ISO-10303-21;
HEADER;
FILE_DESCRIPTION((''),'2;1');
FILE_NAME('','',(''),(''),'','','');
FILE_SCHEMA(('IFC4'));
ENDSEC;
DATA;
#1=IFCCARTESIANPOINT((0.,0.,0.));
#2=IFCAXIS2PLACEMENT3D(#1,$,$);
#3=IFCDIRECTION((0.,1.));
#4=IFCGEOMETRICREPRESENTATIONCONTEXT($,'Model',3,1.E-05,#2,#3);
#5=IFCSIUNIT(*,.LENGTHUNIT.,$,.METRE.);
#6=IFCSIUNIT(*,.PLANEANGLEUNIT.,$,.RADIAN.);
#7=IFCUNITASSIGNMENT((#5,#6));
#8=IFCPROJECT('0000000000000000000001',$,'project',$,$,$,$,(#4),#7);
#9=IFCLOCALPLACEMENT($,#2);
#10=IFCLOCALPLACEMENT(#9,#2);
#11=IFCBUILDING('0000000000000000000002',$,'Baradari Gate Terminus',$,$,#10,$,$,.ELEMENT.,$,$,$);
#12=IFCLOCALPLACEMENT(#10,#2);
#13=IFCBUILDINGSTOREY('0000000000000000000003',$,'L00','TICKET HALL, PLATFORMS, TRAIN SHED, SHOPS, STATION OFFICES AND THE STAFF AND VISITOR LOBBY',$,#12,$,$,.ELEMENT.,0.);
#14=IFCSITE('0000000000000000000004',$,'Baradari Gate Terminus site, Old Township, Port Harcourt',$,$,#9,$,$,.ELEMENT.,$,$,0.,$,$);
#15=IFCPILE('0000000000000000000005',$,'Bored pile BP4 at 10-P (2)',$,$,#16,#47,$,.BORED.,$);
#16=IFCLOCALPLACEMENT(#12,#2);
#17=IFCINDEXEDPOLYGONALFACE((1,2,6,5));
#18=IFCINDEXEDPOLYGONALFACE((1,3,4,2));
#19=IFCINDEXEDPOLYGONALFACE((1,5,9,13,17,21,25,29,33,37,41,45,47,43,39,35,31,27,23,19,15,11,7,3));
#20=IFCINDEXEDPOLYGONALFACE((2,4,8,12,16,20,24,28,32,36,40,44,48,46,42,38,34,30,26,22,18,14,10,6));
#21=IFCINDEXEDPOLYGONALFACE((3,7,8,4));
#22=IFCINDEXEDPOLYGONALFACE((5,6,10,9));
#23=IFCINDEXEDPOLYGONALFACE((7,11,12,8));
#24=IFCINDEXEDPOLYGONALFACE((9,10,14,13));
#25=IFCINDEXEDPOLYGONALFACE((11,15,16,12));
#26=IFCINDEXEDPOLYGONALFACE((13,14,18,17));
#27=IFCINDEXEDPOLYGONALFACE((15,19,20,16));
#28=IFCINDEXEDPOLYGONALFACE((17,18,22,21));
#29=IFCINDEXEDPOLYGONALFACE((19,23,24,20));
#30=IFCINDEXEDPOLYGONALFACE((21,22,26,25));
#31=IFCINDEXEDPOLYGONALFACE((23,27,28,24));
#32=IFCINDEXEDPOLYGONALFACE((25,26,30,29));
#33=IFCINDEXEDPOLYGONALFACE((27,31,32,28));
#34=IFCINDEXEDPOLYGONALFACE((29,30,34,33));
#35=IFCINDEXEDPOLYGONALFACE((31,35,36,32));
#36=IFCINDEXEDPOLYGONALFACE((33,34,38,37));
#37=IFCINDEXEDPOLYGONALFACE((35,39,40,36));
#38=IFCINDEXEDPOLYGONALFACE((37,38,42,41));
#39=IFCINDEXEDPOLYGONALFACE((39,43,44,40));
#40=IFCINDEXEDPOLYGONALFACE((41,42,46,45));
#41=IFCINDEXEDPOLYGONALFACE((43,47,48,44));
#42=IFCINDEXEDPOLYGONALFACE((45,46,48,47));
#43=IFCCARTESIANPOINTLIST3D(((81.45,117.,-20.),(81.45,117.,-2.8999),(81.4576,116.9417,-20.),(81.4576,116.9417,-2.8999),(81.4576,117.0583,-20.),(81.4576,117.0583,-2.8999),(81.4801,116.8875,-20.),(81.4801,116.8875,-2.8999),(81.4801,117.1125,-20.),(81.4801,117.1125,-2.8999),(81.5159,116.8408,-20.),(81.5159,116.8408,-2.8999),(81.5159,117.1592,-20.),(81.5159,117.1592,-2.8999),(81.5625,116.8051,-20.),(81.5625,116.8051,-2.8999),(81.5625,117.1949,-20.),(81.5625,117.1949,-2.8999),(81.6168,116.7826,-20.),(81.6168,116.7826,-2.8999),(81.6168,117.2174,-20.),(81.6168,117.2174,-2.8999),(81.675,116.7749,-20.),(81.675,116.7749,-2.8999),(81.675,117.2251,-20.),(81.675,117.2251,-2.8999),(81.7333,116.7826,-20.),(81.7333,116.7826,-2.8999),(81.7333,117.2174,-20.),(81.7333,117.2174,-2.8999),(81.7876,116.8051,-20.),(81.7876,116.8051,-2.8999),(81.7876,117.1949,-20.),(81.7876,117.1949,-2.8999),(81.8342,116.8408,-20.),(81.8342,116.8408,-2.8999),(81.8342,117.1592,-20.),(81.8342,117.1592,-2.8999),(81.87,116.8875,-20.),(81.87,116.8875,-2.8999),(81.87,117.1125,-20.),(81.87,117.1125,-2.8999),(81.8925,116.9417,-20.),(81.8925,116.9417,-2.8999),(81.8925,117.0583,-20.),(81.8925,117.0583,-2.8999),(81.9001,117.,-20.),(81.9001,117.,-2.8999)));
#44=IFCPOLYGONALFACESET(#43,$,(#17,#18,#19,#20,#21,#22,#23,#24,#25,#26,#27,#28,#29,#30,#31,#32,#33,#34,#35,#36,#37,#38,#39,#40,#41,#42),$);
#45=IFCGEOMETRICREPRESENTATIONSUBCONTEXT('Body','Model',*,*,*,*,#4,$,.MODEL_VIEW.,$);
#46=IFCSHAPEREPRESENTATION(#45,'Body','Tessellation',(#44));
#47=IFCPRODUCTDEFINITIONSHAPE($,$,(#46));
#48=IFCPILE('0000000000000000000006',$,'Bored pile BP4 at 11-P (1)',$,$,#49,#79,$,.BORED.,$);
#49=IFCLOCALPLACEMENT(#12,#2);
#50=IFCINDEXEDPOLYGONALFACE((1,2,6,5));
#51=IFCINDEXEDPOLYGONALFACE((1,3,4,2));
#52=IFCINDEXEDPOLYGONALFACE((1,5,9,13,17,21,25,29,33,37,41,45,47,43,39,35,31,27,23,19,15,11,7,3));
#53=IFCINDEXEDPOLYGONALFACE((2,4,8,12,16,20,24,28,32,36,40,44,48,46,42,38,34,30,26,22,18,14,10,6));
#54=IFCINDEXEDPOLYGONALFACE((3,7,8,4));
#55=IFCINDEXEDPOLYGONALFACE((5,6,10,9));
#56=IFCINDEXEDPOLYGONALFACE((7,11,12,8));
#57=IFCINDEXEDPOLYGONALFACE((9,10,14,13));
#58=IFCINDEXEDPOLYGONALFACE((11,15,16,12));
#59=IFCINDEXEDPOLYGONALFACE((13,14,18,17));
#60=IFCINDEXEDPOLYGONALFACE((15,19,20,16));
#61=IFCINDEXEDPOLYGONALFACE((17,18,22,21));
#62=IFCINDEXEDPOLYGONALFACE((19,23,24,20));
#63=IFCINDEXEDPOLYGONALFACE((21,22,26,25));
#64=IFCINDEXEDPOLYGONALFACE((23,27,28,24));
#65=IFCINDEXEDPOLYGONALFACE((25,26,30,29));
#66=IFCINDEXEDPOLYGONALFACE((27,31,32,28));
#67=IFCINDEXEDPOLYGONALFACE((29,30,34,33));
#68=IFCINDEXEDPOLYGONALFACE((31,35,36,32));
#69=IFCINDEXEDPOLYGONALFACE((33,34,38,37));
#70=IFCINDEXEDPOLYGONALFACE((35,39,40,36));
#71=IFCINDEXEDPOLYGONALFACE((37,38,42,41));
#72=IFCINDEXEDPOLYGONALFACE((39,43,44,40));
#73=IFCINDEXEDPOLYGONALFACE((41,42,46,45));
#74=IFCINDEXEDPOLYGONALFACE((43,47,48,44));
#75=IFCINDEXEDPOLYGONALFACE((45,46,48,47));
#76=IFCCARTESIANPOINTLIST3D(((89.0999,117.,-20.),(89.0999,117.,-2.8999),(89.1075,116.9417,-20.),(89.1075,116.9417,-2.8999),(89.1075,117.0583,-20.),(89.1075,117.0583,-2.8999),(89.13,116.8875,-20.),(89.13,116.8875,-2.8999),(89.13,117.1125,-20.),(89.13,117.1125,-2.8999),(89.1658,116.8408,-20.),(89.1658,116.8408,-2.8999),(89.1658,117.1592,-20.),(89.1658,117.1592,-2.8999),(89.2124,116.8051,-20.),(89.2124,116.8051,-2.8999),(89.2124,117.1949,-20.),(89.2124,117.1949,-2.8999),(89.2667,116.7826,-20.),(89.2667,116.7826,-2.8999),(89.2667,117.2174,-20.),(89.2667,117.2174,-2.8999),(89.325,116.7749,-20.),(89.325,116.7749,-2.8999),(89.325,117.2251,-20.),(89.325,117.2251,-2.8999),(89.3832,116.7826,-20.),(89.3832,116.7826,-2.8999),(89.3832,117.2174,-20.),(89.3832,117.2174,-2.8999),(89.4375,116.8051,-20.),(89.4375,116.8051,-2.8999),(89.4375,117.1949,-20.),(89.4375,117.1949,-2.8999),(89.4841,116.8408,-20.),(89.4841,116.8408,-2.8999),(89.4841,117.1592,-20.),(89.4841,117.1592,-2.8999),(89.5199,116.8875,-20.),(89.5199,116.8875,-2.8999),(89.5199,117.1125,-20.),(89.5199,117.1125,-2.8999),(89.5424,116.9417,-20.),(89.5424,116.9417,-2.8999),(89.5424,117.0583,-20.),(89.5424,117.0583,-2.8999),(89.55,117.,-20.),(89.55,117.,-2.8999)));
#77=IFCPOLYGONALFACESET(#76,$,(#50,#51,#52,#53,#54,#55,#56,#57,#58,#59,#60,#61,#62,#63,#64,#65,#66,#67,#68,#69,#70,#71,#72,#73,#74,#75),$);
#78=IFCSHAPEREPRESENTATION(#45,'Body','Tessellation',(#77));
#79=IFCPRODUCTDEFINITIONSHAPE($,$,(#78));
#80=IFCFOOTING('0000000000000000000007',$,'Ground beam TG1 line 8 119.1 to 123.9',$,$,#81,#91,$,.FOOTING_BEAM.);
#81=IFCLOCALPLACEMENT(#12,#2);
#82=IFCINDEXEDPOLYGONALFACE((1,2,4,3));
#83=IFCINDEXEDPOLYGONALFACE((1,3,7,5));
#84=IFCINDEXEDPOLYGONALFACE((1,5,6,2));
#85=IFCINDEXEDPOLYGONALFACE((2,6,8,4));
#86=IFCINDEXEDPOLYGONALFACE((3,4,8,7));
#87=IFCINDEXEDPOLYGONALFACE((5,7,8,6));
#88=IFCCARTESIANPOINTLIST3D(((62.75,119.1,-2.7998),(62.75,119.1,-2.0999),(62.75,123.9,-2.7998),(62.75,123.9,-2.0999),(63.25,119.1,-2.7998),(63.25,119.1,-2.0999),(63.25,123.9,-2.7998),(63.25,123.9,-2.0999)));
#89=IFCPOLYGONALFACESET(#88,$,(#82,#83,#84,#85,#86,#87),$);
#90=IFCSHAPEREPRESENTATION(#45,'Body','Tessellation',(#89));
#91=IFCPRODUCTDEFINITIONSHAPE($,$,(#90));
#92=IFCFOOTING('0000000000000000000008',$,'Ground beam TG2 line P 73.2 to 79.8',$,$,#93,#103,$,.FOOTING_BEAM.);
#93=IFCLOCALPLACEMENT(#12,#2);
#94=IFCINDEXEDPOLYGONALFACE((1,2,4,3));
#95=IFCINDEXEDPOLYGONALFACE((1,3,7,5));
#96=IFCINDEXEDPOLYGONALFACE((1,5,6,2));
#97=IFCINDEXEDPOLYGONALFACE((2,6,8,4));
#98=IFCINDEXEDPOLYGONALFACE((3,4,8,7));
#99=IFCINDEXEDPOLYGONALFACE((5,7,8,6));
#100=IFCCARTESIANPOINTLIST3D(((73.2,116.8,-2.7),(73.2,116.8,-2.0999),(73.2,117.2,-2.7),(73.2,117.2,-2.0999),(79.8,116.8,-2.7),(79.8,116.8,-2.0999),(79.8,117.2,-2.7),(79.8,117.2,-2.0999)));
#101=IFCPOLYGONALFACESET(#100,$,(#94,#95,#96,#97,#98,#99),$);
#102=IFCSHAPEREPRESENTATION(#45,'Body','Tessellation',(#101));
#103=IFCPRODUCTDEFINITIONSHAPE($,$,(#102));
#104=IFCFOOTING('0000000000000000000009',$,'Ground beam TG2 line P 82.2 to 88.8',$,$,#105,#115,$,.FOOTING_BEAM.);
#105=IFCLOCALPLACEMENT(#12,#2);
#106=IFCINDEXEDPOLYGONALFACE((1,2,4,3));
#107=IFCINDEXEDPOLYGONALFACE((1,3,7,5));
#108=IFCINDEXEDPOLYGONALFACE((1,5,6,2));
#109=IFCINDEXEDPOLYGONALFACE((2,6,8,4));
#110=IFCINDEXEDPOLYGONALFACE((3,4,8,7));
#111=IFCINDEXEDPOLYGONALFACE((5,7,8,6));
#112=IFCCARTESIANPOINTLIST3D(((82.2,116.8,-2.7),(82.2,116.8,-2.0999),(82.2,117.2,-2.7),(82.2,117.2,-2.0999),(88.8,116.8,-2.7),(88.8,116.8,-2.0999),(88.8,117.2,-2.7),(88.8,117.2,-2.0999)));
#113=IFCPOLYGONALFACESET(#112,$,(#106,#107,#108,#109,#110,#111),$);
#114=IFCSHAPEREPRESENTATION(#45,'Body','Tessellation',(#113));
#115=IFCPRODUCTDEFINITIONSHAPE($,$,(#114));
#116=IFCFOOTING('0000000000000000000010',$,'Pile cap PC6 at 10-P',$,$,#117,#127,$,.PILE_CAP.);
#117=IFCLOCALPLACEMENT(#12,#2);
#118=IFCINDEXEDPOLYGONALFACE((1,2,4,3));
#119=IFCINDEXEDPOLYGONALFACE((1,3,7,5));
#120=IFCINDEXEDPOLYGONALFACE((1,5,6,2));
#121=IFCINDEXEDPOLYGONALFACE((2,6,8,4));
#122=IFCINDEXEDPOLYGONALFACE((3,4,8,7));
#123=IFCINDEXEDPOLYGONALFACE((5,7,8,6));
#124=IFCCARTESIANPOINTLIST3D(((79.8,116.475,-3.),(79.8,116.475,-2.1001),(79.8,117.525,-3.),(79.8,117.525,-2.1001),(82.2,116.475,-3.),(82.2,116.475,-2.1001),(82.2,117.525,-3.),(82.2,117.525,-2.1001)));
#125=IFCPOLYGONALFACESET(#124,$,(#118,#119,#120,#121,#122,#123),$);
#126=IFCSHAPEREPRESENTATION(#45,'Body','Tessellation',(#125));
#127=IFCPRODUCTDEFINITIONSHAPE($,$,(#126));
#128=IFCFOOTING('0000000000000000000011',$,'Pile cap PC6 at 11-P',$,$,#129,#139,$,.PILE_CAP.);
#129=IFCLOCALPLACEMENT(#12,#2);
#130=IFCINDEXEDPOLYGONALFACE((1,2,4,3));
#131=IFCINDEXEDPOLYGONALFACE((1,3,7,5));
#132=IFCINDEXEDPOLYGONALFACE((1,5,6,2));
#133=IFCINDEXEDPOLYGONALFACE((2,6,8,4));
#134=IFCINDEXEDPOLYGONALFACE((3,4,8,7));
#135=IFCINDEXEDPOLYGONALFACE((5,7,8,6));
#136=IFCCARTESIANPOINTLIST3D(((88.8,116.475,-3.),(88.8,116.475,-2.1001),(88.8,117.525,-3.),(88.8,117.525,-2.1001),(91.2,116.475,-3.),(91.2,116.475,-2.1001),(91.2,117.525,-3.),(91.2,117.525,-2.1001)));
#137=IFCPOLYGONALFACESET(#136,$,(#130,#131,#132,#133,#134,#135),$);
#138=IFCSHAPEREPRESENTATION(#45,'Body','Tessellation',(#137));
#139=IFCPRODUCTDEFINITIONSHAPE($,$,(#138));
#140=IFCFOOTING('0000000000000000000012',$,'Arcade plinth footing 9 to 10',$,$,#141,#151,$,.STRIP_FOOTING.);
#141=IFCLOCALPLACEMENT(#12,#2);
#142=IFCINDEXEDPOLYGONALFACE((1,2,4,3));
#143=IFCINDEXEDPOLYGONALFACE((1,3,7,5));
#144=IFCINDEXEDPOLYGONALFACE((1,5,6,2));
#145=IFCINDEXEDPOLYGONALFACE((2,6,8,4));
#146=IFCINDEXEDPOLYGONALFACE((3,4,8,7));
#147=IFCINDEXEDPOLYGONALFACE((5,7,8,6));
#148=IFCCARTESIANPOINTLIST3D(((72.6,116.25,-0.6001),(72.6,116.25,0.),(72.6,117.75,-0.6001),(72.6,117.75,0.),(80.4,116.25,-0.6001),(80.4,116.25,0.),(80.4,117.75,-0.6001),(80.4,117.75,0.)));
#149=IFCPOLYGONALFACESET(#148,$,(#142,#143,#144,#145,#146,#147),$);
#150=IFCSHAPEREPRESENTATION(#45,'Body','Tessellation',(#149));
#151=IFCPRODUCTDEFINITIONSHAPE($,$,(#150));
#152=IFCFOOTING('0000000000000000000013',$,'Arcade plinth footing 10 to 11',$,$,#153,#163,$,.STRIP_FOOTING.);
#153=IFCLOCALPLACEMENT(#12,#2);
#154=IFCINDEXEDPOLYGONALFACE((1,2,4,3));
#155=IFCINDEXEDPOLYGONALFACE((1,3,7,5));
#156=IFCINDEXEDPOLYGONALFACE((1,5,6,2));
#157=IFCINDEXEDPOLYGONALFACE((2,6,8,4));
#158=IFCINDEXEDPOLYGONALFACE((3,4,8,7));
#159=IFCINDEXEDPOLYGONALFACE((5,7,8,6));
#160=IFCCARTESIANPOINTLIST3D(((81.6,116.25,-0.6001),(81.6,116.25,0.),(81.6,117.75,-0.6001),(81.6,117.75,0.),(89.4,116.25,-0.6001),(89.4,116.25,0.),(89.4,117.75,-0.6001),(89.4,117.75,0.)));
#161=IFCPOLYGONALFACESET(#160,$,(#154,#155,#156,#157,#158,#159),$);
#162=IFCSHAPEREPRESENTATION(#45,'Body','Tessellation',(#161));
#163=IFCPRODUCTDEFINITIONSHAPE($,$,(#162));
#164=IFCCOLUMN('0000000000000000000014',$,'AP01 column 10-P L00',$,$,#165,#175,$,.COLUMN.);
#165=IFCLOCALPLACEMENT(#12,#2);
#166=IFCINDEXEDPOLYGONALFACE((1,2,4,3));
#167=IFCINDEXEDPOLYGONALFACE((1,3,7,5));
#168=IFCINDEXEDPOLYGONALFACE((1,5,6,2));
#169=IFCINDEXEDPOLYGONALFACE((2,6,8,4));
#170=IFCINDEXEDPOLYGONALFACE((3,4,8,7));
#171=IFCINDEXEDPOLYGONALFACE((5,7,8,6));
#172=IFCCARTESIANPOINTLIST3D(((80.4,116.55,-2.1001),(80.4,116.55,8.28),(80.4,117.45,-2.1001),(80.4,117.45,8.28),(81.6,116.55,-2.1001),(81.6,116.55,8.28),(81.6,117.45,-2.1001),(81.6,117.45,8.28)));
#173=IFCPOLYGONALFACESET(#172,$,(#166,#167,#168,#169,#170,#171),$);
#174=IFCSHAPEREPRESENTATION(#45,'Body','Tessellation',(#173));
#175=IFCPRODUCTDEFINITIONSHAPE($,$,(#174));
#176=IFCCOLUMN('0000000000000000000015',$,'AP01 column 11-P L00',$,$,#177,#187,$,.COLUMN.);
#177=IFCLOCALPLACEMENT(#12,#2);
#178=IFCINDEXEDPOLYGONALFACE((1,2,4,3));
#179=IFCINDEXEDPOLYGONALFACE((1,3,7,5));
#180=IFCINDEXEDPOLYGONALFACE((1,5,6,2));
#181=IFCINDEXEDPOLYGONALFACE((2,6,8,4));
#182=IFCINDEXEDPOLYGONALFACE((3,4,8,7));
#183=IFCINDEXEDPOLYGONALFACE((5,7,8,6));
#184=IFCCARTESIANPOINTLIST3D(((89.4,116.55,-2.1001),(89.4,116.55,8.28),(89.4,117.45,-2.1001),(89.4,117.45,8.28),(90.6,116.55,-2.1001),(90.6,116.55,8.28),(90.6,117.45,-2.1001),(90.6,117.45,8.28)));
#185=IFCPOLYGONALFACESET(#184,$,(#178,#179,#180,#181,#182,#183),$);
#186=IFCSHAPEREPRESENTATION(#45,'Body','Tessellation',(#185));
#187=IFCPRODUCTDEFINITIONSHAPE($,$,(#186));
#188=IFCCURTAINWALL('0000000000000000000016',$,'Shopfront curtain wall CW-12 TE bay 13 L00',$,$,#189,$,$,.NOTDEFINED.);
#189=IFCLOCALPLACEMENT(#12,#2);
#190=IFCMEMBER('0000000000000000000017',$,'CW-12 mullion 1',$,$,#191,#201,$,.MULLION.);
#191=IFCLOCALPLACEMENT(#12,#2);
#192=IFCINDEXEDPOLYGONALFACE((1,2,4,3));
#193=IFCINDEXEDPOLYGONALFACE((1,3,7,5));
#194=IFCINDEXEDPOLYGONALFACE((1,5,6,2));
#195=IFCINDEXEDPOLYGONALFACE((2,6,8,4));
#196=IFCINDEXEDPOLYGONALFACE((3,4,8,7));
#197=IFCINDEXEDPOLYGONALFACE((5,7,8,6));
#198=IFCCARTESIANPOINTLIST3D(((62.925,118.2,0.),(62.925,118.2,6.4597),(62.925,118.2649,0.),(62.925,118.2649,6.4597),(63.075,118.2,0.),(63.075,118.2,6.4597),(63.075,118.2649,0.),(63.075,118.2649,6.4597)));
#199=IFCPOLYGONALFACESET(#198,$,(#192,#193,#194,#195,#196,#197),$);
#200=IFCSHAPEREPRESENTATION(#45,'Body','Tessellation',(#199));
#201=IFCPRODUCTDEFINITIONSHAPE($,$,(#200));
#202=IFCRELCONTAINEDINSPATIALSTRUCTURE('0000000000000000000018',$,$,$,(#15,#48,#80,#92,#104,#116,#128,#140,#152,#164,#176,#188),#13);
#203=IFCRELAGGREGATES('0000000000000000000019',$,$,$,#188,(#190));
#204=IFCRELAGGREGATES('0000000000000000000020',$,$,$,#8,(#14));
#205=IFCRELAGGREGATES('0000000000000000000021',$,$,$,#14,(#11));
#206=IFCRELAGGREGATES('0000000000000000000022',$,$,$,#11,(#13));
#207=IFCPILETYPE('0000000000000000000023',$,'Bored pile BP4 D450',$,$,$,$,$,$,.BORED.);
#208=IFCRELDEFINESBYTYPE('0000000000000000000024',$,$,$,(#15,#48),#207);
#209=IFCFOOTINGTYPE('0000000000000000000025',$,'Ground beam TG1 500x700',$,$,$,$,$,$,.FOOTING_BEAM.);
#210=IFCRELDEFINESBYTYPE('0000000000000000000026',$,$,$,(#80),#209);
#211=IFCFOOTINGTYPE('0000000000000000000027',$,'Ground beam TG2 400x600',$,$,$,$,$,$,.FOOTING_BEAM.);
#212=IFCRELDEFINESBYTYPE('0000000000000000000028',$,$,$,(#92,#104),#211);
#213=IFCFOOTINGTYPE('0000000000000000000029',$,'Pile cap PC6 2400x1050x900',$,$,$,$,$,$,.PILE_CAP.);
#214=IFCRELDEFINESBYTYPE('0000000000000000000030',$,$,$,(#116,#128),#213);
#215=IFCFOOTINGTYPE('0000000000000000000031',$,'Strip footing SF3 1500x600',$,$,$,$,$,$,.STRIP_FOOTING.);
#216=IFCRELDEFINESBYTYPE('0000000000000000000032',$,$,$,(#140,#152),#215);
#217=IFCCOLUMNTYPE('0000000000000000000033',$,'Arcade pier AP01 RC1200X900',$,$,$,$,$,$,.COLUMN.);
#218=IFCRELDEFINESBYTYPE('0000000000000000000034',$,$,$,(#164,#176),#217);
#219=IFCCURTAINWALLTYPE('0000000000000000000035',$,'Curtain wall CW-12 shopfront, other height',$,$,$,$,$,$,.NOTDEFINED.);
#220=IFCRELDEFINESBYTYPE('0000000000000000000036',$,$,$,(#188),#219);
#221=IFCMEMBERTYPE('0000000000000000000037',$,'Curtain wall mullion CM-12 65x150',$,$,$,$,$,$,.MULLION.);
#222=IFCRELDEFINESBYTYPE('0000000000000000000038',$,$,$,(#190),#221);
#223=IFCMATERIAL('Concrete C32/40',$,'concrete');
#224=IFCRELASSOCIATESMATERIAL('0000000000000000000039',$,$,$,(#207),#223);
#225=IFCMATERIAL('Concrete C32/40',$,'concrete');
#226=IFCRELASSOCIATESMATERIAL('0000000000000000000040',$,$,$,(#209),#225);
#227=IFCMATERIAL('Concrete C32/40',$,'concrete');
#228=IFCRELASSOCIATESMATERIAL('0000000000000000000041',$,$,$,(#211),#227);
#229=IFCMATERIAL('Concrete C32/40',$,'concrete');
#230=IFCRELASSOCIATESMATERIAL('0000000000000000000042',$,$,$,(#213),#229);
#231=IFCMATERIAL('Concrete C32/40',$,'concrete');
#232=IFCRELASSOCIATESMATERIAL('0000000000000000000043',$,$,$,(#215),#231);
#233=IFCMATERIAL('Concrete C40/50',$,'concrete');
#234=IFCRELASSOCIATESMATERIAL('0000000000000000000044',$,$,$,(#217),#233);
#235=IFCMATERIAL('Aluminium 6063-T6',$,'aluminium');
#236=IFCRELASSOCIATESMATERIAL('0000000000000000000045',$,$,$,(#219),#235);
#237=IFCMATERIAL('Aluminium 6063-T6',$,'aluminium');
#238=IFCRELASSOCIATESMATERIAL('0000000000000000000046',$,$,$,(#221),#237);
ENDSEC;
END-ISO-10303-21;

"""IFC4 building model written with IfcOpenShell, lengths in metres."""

from ifc_helpers import new_model, si_unit, direction, frame, origin, origin_2d, place, context, subcontext, project, spatial, rectangle, circle, extrude, material, material_profile, profile_set, type_object, element, aggregate, save


model = new_model("IFC4")

# Units and contexts
model_context = context("Model", 3, precision=1e-05, world=origin(), true_north=direction((0.0, 1.0)))
body_context = subcontext(model_context, "Body", "Model", "MODEL_VIEW")
ifc_project = project(units=[si_unit("LENGTHUNIT", "METRE"), si_unit("PLANEANGLEUNIT", "RADIAN")], contexts=[model_context])

# Site, building, storey
site_placement = place(None, origin())
site = spatial("IfcSite", under=ifc_project, at=site_placement, Name="Baradari Gate Terminus site, Old Township, Port Harcourt", CompositionType="ELEMENT", RefElevation=0.0)
building_placement = place(site_placement, origin())
building = spatial("IfcBuilding", under=site, at=building_placement, Name="Baradari Gate Terminus", CompositionType="ELEMENT")
storey_placement = place(building_placement, origin())
storey = spatial("IfcBuildingStorey", under=building, at=storey_placement, Name="L00", Description="TICKET HALL, PLATFORMS, TRAIN SHED, SHOPS, STATION OFFICES AND THE STAFF AND VISITOR LOBBY", CompositionType="ELEMENT", Elevation=0.0)

# Piles
ifc_material_1 = material(Name="Concrete C32/40", Category="concrete")
pile_type_1 = type_object("IfcPileType", Name="Bored pile BP4 D450", PredefinedType="BORED", material=ifc_material_1)
for number, where, z_axis, x_axis, name in (
    (1, (81.675, 117.0, -2.8999), (0.0, 0.0, -1.0), (1.0, 0.0, 0.0), "Bored pile BP4 at 10-P (2)"),
    (2, (89.325, 117.0, -2.8999), (0.0, 0.0, -1.0), (1.0, 0.0, 0.0), "Bored pile BP4 at 11-P (1)"),
):
    element("IfcPile", number, at=place(storey_placement, frame(where, z_axis=z_axis, x_axis=x_axis)), inside=storey, type_object=pile_type_1, Name=name, PredefinedType="BORED", context=body_context, shape_type="SweptSolid", body=[
        extrude(circle(Radius=0.2251, at=origin_2d()), origin(), (0.0, 0.0, 1.0), 17.1001),
    ])

# Footings
ifc_material_2 = material(Name="Concrete C32/40", Category="concrete")
footing_type_1 = type_object("IfcFootingType", Name="Ground beam TG1 500x700", PredefinedType="FOOTING_BEAM", material=ifc_material_2)
footing_placement = place(storey_placement, frame((63.0, 121.5, -2.7998), z_axis=(0.0, 0.0, 1.0), x_axis=(1.0, 0.0, 0.0)))
element("IfcFooting", 3, at=footing_placement, inside=storey, type_object=footing_type_1, Name="Ground beam TG1 line 8 119.1 to 123.9", PredefinedType="FOOTING_BEAM", context=body_context, shape_type="SweptSolid", body=[
    extrude(rectangle(XDim=0.5, YDim=4.8, at=origin_2d()), origin(), (0.0, 0.0, 1.0), 0.7),
])
ifc_material_3 = material(Name="Concrete C32/40", Category="concrete")
footing_type_2 = type_object("IfcFootingType", Name="Ground beam TG2 400x600", PredefinedType="FOOTING_BEAM", material=ifc_material_3)
for number, where, z_axis, x_axis, name in (
    (4, (76.5, 117.0, -2.7), (0.0, 0.0, 1.0), (1.0, 0.0, 0.0), "Ground beam TG2 line P 73.2 to 79.8"),
    (5, (85.5, 117.0, -2.7), (0.0, 0.0, 1.0), (1.0, 0.0, 0.0), "Ground beam TG2 line P 82.2 to 88.8"),
):
    element("IfcFooting", number, at=place(storey_placement, frame(where, z_axis=z_axis, x_axis=x_axis)), inside=storey, type_object=footing_type_2, Name=name, PredefinedType="FOOTING_BEAM", context=body_context, shape_type="SweptSolid", body=[
        extrude(rectangle(XDim=6.6001, YDim=0.3999, at=origin_2d()), origin(), (0.0, 0.0, 1.0), 0.6001),
    ])
ifc_material_4 = material(Name="Concrete C32/40", Category="concrete")
footing_type_3 = type_object("IfcFootingType", Name="Pile cap PC6 2400x1050x900", PredefinedType="PILE_CAP", material=ifc_material_4)
for number, where, z_axis, x_axis, name in (
    (6, (81.0, 117.0, -3.0), (0.0, 0.0, 1.0), (1.0, 0.0, 0.0), "Pile cap PC6 at 10-P"),
    (7, (90.0, 117.0, -3.0), (0.0, 0.0, 1.0), (1.0, 0.0, 0.0), "Pile cap PC6 at 11-P"),
):
    element("IfcFooting", number, at=place(storey_placement, frame(where, z_axis=z_axis, x_axis=x_axis)), inside=storey, type_object=footing_type_3, Name=name, PredefinedType="PILE_CAP", context=body_context, shape_type="SweptSolid", body=[
        extrude(rectangle(XDim=2.3999, YDim=1.05, at=origin_2d()), origin(), (0.0, 0.0, 1.0), 0.8999),
    ])
ifc_material_5 = material(Name="Concrete C32/40", Category="concrete")
footing_type_4 = type_object("IfcFootingType", Name="Strip footing SF3 1500x600", PredefinedType="STRIP_FOOTING", material=ifc_material_5)
for number, where, z_axis, x_axis, name in (
    (8, (76.5, 117.0, -0.6001), (0.0, 0.0, 1.0), (1.0, 0.0, 0.0), "Arcade plinth footing 9 to 10"),
    (9, (85.5, 117.0, -0.6001), (0.0, 0.0, 1.0), (1.0, 0.0, 0.0), "Arcade plinth footing 10 to 11"),
):
    element("IfcFooting", number, at=place(storey_placement, frame(where, z_axis=z_axis, x_axis=x_axis)), inside=storey, type_object=footing_type_4, Name=name, PredefinedType="STRIP_FOOTING", context=body_context, shape_type="SweptSolid", body=[
        extrude(rectangle(XDim=7.8, YDim=1.5, at=origin_2d()), origin(), (0.0, 0.0, 1.0), 0.6001),
    ])

# Columns
ifc_material_6 = material(Name="Concrete C40/50", Category="concrete")
ifc_material_profile_1 = material_profile(ifc_material_6, rectangle(XDim=1.2, YDim=0.8999, at=origin_2d()), Name="RC1200X900")
ifc_profile_set_1 = profile_set([ifc_material_profile_1], Name="Concrete C40/50")
column_type = type_object("IfcColumnType", Name="Arcade pier AP01 RC1200X900", PredefinedType="COLUMN", material=ifc_profile_set_1)
for number, where, z_axis, x_axis, name in (
    (10, (81.0, 117.0, -2.1001), (0.0, 0.0, 1.0), (1.0, 0.0, 0.0), "AP01 column 10-P L00"),
    (11, (90.0, 117.0, -2.1001), (0.0, 0.0, 1.0), (1.0, 0.0, 0.0), "AP01 column 11-P L00"),
):
    element("IfcColumn", number, at=place(storey_placement, frame(where, z_axis=z_axis, x_axis=x_axis)), inside=storey, type_object=column_type, Name=name, PredefinedType="COLUMN", context=body_context, shape_type="SweptSolid", body=[
        extrude(rectangle(XDim=1.2, YDim=0.8999, at=origin_2d()), origin(), (0.0, 0.0, 1.0), 10.3801),
    ])

# Curtain wall, member
ifc_material_7 = material(Name="Aluminium 6063-T6", Category="aluminium")
curtain_wall_type = type_object("IfcCurtainWallType", Name="Curtain wall CW-12 shopfront, other height", PredefinedType="NOTDEFINED", material=ifc_material_7)
curtain_wall_1_placement = place(storey_placement, origin())
curtain_wall_1 = element("IfcCurtainWall", 12, at=curtain_wall_1_placement, inside=storey, type_object=curtain_wall_type, Name="Shopfront curtain wall CW-12 TE bay 13 L00", PredefinedType="NOTDEFINED")
ifc_material_8 = material(Name="Aluminium 6063-T6", Category="aluminium")
ifc_material_profile_2 = material_profile(ifc_material_8, rectangle(XDim=0.1499, YDim=0.0649, at=origin_2d()), Name="CM-12 65X150")
ifc_profile_set_2 = profile_set([ifc_material_profile_2], Name="Aluminium 6063-T6")
member_type_1 = type_object("IfcMemberType", Name="Curtain wall mullion CM-12 65x150", PredefinedType="MULLION", material=ifc_profile_set_2)
member_1_placement = place(storey_placement, frame((63.0, 118.2324, 0.0), z_axis=(0.0, 0.0, 1.0), x_axis=(-1.0, 0.0, 0.0)))
member_1 = element("IfcMember", 13, at=member_1_placement, type_object=member_type_1, Name="CW-12 mullion 1", PredefinedType="MULLION", context=body_context, shape_type="SweptSolid", body=[
    extrude(rectangle(XDim=0.1499, YDim=0.0649, at=origin_2d()), origin(), (0.0, 0.0, 1.0), 6.4597),
])

aggregate(curtain_wall_1, [member_1])

save(model, "model.ifc")
